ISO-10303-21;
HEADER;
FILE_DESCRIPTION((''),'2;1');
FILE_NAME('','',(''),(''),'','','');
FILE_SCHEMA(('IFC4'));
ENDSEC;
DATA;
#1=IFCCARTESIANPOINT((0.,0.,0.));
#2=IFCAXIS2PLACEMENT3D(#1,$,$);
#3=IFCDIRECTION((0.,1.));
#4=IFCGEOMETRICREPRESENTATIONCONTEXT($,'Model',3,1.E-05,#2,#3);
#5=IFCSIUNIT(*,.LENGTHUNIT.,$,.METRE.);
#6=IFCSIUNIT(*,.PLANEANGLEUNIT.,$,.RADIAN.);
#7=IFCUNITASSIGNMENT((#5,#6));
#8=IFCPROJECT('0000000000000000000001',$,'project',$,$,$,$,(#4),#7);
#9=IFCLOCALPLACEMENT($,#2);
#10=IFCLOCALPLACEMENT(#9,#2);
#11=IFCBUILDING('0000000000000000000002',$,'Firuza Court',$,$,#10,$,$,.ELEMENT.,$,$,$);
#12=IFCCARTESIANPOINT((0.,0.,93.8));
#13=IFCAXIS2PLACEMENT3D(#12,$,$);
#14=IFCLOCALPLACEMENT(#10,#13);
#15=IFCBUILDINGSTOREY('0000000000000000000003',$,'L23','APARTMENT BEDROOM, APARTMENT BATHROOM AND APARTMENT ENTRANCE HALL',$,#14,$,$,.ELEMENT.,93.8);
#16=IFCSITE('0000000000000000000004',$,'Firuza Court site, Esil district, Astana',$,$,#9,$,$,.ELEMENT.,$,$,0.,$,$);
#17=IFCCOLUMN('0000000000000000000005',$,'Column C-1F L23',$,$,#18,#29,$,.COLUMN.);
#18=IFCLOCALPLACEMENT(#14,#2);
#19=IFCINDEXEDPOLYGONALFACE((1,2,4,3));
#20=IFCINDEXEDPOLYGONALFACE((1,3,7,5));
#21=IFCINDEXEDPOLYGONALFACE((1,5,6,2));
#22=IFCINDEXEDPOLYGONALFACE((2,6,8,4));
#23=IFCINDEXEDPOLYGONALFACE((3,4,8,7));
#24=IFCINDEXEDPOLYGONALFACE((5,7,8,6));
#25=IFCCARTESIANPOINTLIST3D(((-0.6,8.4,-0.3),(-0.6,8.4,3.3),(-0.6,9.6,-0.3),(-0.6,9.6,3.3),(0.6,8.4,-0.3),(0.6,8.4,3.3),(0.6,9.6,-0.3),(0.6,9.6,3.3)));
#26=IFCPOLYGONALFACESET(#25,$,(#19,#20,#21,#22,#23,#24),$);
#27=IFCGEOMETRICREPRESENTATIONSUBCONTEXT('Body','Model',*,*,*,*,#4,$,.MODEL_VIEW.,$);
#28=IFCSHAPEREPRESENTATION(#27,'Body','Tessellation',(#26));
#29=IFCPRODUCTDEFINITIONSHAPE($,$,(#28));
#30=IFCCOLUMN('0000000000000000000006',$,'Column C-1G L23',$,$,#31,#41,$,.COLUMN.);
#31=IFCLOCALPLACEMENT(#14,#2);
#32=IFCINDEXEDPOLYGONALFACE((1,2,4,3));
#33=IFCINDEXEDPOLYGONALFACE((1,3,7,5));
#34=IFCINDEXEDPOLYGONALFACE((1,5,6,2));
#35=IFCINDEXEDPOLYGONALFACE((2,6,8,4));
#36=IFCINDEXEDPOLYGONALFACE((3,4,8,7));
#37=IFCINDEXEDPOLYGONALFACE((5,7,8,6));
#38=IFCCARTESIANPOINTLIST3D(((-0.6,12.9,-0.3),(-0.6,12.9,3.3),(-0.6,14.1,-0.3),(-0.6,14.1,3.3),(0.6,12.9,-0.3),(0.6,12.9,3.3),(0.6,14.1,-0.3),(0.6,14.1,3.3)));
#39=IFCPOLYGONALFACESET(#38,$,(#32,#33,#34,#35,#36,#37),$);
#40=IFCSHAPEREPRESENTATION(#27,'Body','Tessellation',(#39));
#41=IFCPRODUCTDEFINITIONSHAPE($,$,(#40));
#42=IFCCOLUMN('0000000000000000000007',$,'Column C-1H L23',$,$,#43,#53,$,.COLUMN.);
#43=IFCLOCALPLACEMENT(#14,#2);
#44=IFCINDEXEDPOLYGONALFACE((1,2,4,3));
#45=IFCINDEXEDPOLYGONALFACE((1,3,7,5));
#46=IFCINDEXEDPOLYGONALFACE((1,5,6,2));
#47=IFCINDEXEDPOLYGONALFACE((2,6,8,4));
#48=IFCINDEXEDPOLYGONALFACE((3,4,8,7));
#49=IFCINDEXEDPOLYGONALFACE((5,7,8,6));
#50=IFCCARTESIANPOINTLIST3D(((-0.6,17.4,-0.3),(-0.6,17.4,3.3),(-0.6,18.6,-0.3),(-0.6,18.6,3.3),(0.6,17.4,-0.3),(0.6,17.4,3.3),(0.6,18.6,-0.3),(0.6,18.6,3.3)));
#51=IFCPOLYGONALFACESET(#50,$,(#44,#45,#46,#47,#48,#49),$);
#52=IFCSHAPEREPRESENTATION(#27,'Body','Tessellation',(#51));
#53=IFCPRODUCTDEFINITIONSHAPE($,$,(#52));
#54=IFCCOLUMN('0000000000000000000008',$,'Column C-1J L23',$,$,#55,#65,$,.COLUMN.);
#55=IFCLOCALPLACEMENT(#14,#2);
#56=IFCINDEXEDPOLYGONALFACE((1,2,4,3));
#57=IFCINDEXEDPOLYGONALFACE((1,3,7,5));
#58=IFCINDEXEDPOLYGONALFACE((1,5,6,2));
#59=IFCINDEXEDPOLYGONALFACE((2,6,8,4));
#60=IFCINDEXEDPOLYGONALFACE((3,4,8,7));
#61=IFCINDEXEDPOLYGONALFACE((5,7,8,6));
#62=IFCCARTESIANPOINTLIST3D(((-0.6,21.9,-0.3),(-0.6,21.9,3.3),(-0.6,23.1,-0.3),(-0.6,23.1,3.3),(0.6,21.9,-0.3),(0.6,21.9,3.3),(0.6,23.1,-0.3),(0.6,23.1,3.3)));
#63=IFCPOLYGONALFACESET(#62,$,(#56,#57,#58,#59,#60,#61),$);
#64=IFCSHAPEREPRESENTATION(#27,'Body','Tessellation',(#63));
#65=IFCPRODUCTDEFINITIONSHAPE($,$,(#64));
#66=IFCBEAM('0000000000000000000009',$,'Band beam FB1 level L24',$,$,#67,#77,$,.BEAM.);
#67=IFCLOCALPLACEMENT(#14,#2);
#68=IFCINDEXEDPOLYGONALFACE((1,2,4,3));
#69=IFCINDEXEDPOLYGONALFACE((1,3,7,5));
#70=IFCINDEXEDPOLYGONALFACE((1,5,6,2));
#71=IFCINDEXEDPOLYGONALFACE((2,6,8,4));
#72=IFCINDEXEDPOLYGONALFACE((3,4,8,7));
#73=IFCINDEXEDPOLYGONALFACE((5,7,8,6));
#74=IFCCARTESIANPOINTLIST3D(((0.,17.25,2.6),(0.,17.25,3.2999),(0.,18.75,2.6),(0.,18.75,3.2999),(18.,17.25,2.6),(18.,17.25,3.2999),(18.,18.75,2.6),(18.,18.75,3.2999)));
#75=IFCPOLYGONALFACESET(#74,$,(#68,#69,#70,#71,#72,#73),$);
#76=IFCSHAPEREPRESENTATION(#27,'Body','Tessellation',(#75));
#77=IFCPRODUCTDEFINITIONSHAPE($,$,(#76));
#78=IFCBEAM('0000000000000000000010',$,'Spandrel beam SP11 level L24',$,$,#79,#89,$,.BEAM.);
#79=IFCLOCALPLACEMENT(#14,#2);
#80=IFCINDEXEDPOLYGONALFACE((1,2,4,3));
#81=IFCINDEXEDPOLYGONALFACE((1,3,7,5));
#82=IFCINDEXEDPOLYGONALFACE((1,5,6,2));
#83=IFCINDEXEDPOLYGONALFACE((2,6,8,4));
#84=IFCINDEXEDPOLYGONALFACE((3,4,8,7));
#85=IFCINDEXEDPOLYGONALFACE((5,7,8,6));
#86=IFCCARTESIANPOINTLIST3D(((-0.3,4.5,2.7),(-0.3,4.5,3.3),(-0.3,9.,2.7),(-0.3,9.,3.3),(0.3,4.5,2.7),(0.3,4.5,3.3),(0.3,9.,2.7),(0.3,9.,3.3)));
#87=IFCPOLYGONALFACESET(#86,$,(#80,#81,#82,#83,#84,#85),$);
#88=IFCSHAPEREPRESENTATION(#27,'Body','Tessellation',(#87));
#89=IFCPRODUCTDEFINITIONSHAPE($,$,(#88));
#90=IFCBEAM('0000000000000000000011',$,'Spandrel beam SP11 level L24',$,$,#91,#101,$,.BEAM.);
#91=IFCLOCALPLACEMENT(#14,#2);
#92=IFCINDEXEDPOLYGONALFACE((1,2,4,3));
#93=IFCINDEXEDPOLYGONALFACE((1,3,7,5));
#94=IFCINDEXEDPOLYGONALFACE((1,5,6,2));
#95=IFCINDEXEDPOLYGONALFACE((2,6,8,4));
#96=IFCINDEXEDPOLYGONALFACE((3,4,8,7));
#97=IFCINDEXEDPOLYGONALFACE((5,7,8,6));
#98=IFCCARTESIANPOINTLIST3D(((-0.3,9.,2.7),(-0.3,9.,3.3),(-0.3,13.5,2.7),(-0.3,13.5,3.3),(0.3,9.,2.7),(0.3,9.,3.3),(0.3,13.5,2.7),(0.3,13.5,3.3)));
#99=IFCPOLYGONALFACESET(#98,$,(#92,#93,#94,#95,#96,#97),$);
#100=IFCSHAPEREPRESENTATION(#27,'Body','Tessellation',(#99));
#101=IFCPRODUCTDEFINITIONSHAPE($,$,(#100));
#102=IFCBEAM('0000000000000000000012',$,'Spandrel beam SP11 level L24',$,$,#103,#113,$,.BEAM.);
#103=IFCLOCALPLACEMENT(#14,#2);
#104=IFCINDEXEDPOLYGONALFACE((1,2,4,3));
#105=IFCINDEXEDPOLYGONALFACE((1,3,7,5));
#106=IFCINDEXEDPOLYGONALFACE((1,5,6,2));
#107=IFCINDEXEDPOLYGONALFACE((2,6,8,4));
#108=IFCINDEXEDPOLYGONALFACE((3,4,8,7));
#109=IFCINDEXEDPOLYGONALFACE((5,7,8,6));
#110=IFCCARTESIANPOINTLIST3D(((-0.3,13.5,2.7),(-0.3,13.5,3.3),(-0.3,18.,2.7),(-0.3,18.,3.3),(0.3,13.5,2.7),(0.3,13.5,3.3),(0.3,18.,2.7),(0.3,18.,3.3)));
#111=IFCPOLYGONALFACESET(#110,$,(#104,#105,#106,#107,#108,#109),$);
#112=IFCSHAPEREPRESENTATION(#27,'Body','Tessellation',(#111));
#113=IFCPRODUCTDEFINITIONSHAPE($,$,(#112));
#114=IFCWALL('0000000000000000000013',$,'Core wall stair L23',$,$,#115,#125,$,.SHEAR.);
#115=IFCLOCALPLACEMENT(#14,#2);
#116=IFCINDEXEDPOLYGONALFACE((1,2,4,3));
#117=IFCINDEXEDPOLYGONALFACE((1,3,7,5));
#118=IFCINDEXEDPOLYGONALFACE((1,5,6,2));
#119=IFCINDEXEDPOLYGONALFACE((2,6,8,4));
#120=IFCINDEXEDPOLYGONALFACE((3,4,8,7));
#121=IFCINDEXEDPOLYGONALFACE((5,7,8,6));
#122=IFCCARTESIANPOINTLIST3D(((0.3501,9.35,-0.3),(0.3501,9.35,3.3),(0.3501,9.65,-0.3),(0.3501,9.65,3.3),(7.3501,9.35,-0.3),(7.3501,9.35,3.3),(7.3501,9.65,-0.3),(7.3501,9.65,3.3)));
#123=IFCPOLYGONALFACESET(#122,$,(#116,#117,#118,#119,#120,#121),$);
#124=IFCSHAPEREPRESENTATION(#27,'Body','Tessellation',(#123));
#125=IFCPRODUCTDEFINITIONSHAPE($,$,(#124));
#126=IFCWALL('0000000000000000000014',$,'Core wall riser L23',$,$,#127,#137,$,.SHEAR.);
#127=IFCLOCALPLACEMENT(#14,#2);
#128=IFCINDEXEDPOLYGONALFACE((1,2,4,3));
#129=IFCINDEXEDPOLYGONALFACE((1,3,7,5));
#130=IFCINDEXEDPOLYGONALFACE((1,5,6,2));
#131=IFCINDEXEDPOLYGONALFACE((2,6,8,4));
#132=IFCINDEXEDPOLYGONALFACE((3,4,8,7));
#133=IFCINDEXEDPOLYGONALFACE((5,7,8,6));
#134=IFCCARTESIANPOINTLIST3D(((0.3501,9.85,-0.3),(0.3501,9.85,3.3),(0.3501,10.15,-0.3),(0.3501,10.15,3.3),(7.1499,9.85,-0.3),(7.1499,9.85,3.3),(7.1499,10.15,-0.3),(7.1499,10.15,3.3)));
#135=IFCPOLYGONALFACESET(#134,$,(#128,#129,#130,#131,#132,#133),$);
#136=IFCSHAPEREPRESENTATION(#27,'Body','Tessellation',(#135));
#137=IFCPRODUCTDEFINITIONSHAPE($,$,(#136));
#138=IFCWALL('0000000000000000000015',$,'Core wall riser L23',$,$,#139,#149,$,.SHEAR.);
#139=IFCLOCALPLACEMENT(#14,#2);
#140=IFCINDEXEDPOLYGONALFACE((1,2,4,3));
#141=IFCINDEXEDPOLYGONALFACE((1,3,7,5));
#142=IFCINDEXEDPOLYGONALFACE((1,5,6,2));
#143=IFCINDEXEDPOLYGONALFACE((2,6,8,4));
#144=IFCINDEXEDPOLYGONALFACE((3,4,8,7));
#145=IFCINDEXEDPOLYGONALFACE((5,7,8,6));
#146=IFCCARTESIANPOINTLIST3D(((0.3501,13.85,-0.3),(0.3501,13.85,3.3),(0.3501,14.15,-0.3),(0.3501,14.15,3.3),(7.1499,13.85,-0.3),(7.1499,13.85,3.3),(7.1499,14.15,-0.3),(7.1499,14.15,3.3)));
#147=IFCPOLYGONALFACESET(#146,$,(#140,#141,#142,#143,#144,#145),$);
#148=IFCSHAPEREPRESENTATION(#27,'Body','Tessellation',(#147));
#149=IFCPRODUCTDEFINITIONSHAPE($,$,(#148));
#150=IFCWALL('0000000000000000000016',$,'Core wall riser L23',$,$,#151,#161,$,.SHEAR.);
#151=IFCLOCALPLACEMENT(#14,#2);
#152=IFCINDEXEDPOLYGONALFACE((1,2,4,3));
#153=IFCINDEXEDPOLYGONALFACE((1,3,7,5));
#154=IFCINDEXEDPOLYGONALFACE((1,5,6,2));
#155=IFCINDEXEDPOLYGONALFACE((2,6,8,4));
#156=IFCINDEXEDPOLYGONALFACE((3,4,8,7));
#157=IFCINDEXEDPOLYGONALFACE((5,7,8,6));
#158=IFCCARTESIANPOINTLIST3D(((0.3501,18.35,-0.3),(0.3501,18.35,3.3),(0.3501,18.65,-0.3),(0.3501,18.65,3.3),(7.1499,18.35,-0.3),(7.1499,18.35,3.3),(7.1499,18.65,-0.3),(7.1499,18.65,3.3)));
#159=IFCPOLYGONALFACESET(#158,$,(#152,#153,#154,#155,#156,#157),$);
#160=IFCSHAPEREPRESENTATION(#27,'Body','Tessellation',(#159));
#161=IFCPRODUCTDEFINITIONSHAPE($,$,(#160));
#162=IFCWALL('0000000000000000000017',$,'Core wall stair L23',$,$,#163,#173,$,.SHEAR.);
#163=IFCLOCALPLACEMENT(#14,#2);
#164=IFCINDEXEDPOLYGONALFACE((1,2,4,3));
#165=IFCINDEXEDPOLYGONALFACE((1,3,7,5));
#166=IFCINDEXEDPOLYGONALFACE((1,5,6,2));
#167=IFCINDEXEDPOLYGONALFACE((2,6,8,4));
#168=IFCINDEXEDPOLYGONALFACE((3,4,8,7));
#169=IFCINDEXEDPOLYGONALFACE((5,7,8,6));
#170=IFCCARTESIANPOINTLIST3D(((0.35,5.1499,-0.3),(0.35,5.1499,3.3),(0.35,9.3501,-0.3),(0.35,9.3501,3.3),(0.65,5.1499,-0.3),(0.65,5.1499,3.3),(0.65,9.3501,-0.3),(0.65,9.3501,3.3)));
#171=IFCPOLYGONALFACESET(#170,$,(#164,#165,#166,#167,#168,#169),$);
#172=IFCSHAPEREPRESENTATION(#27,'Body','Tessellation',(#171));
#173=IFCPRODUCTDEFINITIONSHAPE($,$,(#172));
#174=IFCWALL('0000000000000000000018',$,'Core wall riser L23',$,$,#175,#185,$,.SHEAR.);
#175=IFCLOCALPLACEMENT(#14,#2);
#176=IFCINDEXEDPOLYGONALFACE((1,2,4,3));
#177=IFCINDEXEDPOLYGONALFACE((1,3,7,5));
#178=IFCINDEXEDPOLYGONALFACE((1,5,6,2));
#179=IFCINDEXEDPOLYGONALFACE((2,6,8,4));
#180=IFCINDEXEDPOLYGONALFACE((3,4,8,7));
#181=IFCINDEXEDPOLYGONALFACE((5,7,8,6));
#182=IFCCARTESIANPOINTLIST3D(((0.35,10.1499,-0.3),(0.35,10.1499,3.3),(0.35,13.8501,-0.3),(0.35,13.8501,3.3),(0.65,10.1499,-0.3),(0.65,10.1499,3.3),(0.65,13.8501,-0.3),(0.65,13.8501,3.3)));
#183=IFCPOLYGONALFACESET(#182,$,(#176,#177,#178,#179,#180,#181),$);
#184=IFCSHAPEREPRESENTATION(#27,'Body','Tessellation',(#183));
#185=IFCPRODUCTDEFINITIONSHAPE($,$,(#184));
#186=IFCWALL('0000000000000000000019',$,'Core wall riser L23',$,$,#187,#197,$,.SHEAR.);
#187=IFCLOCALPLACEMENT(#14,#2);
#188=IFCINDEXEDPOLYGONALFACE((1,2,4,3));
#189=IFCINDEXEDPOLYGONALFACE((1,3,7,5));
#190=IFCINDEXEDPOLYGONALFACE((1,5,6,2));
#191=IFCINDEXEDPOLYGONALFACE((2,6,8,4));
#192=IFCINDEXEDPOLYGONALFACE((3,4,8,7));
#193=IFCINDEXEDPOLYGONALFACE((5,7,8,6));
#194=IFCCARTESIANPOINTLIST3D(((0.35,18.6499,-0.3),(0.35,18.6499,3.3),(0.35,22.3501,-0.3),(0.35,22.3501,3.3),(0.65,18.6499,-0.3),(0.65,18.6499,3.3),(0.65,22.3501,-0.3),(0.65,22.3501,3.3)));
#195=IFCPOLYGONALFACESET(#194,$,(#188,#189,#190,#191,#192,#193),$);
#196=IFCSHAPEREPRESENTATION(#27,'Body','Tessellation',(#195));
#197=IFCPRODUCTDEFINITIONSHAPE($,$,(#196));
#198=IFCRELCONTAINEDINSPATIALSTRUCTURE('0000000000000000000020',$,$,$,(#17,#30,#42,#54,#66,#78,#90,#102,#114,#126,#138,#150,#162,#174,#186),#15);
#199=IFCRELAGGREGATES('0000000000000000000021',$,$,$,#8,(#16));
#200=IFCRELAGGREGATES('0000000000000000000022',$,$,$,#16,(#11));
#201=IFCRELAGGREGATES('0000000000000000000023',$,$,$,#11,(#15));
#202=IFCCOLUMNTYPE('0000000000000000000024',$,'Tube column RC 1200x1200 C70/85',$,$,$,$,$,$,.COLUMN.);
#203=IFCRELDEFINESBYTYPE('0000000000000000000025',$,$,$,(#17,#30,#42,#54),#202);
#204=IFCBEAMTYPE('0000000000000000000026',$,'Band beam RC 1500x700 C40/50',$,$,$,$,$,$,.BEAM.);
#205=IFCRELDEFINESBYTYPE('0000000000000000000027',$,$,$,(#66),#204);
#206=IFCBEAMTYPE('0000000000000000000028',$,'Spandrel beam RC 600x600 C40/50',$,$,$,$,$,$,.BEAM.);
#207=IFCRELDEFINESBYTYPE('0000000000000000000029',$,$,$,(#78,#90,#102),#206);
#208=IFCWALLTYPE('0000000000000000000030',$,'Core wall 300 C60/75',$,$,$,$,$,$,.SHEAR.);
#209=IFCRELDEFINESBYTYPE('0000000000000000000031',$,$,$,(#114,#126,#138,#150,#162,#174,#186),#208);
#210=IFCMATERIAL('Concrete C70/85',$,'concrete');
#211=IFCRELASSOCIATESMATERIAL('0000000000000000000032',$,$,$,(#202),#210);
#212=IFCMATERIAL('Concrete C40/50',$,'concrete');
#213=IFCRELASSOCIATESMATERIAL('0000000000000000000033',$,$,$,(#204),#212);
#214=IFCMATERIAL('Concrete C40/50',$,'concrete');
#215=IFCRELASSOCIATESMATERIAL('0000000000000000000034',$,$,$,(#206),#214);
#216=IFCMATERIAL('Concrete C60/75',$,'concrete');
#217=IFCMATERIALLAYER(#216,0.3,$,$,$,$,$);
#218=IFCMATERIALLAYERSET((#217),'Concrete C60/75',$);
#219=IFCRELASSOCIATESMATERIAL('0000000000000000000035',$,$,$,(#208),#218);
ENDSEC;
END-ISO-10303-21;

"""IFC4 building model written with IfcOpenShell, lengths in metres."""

from ifc_helpers import new_model, si_unit, direction, frame, frame_2d, origin, origin_2d, place, context, subcontext, project, spatial, rectangle, extrude, material, layer, layer_set, material_profile, profile_set, type_object, element, save


model = new_model("IFC4")

# Units and contexts
model_context = context("Model", 3, precision=1e-05, world=origin(), true_north=direction((0.0, 1.0)))
body_context = subcontext(model_context, "Body", "Model", "MODEL_VIEW")
ifc_project = project(units=[si_unit("LENGTHUNIT", "METRE"), si_unit("PLANEANGLEUNIT", "RADIAN")], contexts=[model_context])

# Site, building, storey
site_placement = place(None, origin())
site = spatial("IfcSite", under=ifc_project, at=site_placement, Name="Firuza Court site, Esil district, Astana", CompositionType="ELEMENT", RefElevation=0.0)
building_placement = place(site_placement, origin())
building = spatial("IfcBuilding", under=site, at=building_placement, Name="Firuza Court", CompositionType="ELEMENT")
storey_placement = place(building_placement, frame((0.0, 0.0, 93.8)))
storey = spatial("IfcBuildingStorey", under=building, at=storey_placement, Name="L23", Description="APARTMENT BEDROOM, APARTMENT BATHROOM AND APARTMENT ENTRANCE HALL", CompositionType="ELEMENT", Elevation=93.8)

# Columns
ifc_material_1 = material(Name="Concrete C70/85", Category="concrete")
ifc_material_profile_1 = material_profile(ifc_material_1, rectangle(XDim=1.2, YDim=1.2, at=origin_2d()), Name="RC 1200x1200")
ifc_profile_set_1 = profile_set([ifc_material_profile_1], Name="Concrete C70/85")
column_type = type_object("IfcColumnType", Name="Tube column RC 1200x1200 C70/85", PredefinedType="COLUMN", material=ifc_profile_set_1)
for number, where, z_axis, x_axis, name in (
    (1, (0.0, 9.0, -0.3), (0.0, 0.0, 1.0), (1.0, 0.0, 0.0), "Column C-1F L23"),
    (2, (0.0, 13.5, -0.3), (0.0, 0.0, 1.0), (1.0, 0.0, 0.0), "Column C-1G L23"),
    (3, (0.0, 18.0, -0.3), (0.0, 0.0, 1.0), (1.0, 0.0, 0.0), "Column C-1H L23"),
    (4, (0.0, 22.5, -0.3), (0.0, 0.0, 1.0), (1.0, 0.0, 0.0), "Column C-1J L23"),
):
    element("IfcColumn", number, at=place(storey_placement, frame(where, z_axis=z_axis, x_axis=x_axis)), inside=storey, type_object=column_type, Name=name, PredefinedType="COLUMN", context=body_context, shape_type="SweptSolid", body=[
        extrude(rectangle(XDim=1.2, YDim=1.2, at=origin_2d()), origin(), (0.0, 0.0, 1.0), 3.6001),
    ])

# Beams
ifc_material_2 = material(Name="Concrete C40/50", Category="concrete")
ifc_material_profile_2 = material_profile(ifc_material_2, rectangle(XDim=1.5, YDim=0.7, at=origin_2d()), Name="RC 1500x700")
ifc_profile_set_2 = profile_set([ifc_material_profile_2], Name="Concrete C40/50")
beam_type_1 = type_object("IfcBeamType", Name="Band beam RC 1500x700 C40/50", PredefinedType="BEAM", material=ifc_profile_set_2)
beam_placement = place(storey_placement, frame((0.0, 18.0, 2.95), z_axis=(1.0, 0.0, 0.0), x_axis=(0.0, 1.0, 0.0)))
element("IfcBeam", 5, at=beam_placement, inside=storey, type_object=beam_type_1, Name="Band beam FB1 level L24", PredefinedType="BEAM", context=body_context, shape_type="SweptSolid", body=[
    extrude(rectangle(XDim=1.5, YDim=0.7, at=origin_2d()), origin(), (0.0, 0.0, 1.0), 18.0),
])
ifc_material_3 = material(Name="Concrete C40/50", Category="concrete")
ifc_material_profile_3 = material_profile(ifc_material_3, rectangle(XDim=0.6001, YDim=0.6001, at=origin_2d()), Name="RC 600x600")
ifc_profile_set_3 = profile_set([ifc_material_profile_3], Name="Concrete C40/50")
beam_type_2 = type_object("IfcBeamType", Name="Spandrel beam RC 600x600 C40/50", PredefinedType="BEAM", material=ifc_profile_set_3)
for number, where, z_axis, x_axis, name in (
    (6, (0.0, 9.0, 3.0), (0.0, -1.0, 0.0), (1.0, 0.0, 0.0), "Spandrel beam SP11 level L24"),
    (7, (0.0, 13.5, 3.0), (0.0, -1.0, 0.0), (1.0, 0.0, 0.0), "Spandrel beam SP11 level L24"),
    (8, (0.0, 18.0, 3.0), (0.0, -1.0, 0.0), (1.0, 0.0, 0.0), "Spandrel beam SP11 level L24"),
):
    element("IfcBeam", number, at=place(storey_placement, frame(where, z_axis=z_axis, x_axis=x_axis)), inside=storey, type_object=beam_type_2, Name=name, PredefinedType="BEAM", context=body_context, shape_type="SweptSolid", body=[
        extrude(rectangle(XDim=0.6001, YDim=0.6001, at=origin_2d()), origin(), (0.0, 0.0, 1.0), 4.5),
    ])

# Walls
ifc_material_4 = material(Name="Concrete C60/75", Category="concrete")
ifc_layer_1 = layer(ifc_material_4, 0.3)
ifc_layer_set_1 = layer_set([ifc_layer_1], Name="Concrete C60/75")
wall_type_1 = type_object("IfcWallType", Name="Core wall 300 C60/75", PredefinedType="SHEAR", material=ifc_layer_set_1)
wall_1_placement = place(storey_placement, frame((0.3501, 9.5, -0.3), z_axis=(0.0, 0.0, 1.0), x_axis=(1.0, 0.0, 0.0)))
element("IfcWall", 9, at=wall_1_placement, inside=storey, type_object=wall_type_1, Name="Core wall stair L23", PredefinedType="SHEAR", context=body_context, shape_type="SweptSolid", body=[
    extrude(rectangle(XDim=7.0, YDim=0.3, at=frame_2d((3.5, 0.0))), origin(), (0.0, 0.0, 1.0), 3.6001),
])
for number, where, z_axis, x_axis, name in (
    (10, (0.3501, 10.0, -0.3), (0.0, 0.0, 1.0), (1.0, 0.0, 0.0), "Core wall riser L23"),
    (11, (0.3501, 14.0, -0.3), (0.0, 0.0, 1.0), (1.0, 0.0, 0.0), "Core wall riser L23"),
    (12, (0.3501, 18.5, -0.3), (0.0, 0.0, 1.0), (1.0, 0.0, 0.0), "Core wall riser L23"),
):
    element("IfcWall", number, at=place(storey_placement, frame(where, z_axis=z_axis, x_axis=x_axis)), inside=storey, type_object=wall_type_1, Name=name, PredefinedType="SHEAR", context=body_context, shape_type="SweptSolid", body=[
        extrude(rectangle(XDim=6.7998, YDim=0.3, at=frame_2d((3.3999, 0.0))), origin(), (0.0, 0.0, 1.0), 3.6001),
    ])
wall_2_placement = place(storey_placement, frame((0.5, 5.1499, -0.3), z_axis=(0.0, 0.0, 1.0), x_axis=(0.0, 1.0, 0.0)))
element("IfcWall", 13, at=wall_2_placement, inside=storey, type_object=wall_type_1, Name="Core wall stair L23", PredefinedType="SHEAR", context=body_context, shape_type="SweptSolid", body=[
    extrude(rectangle(XDim=4.2002, YDim=0.3, at=frame_2d((2.1001, 0.0))), origin(), (0.0, 0.0, 1.0), 3.6001),
])
for number, where, z_axis, x_axis, name in (
    (14, (0.5, 10.1499, -0.3), (0.0, 0.0, 1.0), (0.0, 1.0, 0.0), "Core wall riser L23"),
    (15, (0.5, 18.6499, -0.3), (0.0, 0.0, 1.0), (0.0, 1.0, 0.0), "Core wall riser L23"),
):
    element("IfcWall", number, at=place(storey_placement, frame(where, z_axis=z_axis, x_axis=x_axis)), inside=storey, type_object=wall_type_1, Name=name, PredefinedType="SHEAR", context=body_context, shape_type="SweptSolid", body=[
        extrude(rectangle(XDim=3.7002, YDim=0.3, at=frame_2d((1.8501, 0.0))), origin(), (0.0, 0.0, 1.0), 3.6001),
    ])

save(model, "model.ifc")
